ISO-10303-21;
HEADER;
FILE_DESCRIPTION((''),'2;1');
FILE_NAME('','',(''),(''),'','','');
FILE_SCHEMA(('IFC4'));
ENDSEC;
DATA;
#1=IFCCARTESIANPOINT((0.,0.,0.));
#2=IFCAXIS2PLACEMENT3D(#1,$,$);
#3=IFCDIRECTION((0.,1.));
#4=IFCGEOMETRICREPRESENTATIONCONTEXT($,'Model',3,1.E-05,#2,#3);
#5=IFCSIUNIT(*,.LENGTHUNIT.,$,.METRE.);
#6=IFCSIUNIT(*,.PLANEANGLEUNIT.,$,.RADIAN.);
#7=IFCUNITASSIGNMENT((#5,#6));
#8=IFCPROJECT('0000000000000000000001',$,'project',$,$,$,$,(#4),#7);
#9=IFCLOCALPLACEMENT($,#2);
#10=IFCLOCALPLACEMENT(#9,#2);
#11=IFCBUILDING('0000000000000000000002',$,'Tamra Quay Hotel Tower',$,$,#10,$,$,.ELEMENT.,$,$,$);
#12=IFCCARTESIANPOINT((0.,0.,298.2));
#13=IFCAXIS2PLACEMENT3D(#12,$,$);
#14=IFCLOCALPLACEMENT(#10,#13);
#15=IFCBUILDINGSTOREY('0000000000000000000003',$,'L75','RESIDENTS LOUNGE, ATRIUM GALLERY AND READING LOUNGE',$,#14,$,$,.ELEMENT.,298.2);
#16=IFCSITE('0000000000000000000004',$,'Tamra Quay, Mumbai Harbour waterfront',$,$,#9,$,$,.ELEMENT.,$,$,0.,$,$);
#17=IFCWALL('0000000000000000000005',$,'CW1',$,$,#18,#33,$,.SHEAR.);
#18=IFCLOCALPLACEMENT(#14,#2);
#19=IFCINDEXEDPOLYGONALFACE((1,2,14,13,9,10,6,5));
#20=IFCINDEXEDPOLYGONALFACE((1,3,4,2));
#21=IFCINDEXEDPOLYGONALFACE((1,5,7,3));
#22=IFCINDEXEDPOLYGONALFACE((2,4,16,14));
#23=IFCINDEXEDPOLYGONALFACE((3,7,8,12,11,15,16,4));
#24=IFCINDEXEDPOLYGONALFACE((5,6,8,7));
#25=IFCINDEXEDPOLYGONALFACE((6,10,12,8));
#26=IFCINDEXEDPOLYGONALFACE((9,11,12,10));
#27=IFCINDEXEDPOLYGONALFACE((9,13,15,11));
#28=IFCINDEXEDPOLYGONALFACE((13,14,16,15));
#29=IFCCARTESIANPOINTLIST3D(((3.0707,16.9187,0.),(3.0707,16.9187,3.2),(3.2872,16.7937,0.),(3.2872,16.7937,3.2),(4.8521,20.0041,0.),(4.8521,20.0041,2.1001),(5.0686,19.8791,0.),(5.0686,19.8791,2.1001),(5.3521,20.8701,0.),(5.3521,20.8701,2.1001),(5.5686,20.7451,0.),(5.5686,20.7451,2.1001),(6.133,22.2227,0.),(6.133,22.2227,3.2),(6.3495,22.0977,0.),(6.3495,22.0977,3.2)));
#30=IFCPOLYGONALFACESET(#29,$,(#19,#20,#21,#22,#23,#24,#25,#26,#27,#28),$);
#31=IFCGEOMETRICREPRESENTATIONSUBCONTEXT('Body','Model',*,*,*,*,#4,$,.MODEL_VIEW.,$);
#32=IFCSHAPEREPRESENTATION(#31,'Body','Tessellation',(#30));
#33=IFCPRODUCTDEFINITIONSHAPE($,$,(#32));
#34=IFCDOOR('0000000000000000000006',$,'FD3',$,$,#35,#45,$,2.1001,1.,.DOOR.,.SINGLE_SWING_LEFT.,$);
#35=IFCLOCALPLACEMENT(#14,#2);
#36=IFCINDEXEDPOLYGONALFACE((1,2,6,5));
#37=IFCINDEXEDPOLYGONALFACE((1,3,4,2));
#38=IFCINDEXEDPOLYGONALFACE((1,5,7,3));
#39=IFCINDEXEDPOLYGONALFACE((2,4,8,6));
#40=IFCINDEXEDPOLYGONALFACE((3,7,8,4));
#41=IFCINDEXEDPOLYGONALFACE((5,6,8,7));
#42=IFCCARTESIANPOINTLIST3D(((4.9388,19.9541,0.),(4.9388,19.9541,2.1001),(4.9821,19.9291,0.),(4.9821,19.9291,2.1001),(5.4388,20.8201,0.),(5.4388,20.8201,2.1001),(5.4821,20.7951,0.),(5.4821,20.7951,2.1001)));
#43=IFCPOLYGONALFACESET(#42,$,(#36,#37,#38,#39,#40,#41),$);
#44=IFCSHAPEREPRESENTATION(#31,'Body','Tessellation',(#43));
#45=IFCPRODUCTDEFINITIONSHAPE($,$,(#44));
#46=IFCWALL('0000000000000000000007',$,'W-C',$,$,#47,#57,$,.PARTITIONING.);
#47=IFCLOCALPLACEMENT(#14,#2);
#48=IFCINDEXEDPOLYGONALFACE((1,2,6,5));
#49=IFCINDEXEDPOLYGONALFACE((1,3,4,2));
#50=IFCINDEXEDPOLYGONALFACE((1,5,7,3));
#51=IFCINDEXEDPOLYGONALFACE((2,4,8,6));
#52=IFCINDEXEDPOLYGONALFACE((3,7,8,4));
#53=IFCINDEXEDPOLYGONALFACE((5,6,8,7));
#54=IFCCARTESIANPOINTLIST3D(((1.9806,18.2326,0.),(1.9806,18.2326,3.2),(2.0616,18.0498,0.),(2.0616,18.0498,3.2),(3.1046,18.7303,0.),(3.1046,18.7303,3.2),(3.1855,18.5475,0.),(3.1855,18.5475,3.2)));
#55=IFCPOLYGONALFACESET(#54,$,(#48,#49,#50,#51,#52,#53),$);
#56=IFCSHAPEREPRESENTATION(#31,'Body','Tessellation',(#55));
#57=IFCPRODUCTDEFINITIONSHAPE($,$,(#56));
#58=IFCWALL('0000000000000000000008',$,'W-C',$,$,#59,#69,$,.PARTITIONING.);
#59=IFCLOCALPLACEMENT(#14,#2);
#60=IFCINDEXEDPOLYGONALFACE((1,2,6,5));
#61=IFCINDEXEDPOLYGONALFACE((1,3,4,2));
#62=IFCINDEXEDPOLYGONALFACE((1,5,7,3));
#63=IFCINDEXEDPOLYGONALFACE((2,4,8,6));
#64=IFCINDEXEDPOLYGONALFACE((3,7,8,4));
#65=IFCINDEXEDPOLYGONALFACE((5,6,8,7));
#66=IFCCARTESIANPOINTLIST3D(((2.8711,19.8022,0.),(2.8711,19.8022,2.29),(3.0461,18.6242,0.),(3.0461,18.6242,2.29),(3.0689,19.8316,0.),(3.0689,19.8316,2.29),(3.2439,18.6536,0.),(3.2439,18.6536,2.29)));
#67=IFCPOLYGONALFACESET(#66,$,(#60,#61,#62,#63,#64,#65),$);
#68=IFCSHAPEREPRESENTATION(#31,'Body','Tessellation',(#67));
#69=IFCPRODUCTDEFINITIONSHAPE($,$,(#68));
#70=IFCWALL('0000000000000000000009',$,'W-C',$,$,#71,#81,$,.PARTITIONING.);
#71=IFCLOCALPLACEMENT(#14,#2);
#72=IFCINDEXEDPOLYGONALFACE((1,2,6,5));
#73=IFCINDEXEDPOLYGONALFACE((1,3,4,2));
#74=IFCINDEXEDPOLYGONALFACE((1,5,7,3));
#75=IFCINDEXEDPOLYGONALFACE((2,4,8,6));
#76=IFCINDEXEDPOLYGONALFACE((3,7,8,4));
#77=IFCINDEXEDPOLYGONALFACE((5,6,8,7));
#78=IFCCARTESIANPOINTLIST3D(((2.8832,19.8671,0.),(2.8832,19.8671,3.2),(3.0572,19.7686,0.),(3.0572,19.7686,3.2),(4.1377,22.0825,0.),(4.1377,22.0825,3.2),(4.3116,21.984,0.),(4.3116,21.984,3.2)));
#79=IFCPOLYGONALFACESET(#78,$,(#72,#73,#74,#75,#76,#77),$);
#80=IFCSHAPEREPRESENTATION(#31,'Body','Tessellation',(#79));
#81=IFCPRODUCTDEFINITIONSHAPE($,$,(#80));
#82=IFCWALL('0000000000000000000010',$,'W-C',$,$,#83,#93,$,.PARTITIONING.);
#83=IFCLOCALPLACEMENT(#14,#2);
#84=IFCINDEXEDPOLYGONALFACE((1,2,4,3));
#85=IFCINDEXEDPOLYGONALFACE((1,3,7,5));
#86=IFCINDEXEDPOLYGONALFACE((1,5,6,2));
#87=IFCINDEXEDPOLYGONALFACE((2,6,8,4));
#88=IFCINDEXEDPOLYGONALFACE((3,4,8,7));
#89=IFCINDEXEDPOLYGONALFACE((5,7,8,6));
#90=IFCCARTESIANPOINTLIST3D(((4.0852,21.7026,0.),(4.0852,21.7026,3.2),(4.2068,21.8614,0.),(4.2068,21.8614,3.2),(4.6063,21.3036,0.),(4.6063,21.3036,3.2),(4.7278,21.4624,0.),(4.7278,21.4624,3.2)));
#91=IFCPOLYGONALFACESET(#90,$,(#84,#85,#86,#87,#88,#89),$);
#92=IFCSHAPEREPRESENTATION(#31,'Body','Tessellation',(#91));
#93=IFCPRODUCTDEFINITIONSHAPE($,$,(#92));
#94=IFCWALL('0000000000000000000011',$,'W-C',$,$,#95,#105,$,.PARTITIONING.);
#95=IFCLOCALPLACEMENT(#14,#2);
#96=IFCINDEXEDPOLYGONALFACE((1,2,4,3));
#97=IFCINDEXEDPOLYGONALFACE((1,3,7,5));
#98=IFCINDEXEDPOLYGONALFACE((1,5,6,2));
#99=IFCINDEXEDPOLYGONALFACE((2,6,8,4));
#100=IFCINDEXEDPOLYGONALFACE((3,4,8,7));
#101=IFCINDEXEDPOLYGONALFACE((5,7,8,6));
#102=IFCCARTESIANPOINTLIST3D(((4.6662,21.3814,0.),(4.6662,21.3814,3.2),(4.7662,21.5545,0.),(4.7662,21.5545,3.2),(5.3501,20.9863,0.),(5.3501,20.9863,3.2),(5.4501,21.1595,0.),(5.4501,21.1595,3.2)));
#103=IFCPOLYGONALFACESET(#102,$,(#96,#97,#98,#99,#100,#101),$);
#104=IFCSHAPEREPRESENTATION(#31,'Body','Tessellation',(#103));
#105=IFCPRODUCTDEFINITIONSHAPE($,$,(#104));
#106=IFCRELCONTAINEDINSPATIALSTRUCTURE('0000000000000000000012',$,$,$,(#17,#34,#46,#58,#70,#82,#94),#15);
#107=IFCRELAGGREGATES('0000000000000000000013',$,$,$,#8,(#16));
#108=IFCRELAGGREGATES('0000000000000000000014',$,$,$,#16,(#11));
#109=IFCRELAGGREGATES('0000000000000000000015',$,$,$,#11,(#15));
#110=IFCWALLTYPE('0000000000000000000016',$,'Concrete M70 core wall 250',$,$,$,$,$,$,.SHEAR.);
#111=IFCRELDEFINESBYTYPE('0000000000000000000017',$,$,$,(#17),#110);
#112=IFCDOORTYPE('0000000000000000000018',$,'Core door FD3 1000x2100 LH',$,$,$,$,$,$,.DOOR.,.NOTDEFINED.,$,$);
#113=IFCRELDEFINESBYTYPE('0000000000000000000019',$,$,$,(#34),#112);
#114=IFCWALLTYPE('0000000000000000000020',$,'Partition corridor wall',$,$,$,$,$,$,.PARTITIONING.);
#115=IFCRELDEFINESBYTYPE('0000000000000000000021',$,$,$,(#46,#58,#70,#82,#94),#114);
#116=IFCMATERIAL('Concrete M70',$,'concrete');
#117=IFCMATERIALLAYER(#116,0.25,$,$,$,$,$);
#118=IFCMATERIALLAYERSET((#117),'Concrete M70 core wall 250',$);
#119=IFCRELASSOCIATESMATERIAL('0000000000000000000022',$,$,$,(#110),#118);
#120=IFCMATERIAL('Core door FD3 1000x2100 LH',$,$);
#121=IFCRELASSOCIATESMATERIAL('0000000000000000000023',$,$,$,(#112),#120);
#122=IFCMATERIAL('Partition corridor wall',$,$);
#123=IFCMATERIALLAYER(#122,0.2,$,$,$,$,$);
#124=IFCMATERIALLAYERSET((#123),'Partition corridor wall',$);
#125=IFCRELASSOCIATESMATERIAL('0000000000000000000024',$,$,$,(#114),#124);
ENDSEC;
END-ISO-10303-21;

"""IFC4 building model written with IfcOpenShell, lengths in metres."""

from ifc_helpers import new_model, si_unit, direction, frame, frame_2d, origin, place, context, subcontext, project, spatial, rectangle, extrude, material, layer, layer_set, type_object, element, fill, save


model = new_model("IFC4")

# Units and contexts
model_context = context("Model", 3, precision=1e-05, world=origin(), true_north=direction((0.0, 1.0)))
body_context = subcontext(model_context, "Body", "Model", "MODEL_VIEW")
ifc_project = project(units=[si_unit("LENGTHUNIT", "METRE"), si_unit("PLANEANGLEUNIT", "RADIAN")], contexts=[model_context])

# Site, building, storey
site_placement = place(None, origin())
site = spatial("IfcSite", under=ifc_project, at=site_placement, Name="Tamra Quay, Mumbai Harbour waterfront", CompositionType="ELEMENT", RefElevation=0.0)
building_placement = place(site_placement, origin())
building = spatial("IfcBuilding", under=site, at=building_placement, Name="Tamra Quay Hotel Tower", CompositionType="ELEMENT")
storey_placement = place(building_placement, frame((0.0, 0.0, 298.2)))
storey = spatial("IfcBuildingStorey", under=building, at=storey_placement, Name="L75", Description="RESIDENTS LOUNGE, ATRIUM GALLERY AND READING LOUNGE", CompositionType="ELEMENT", Elevation=298.2)

# Shared definitions
ifc_material_1 = material(Name="Concrete M70", Category="concrete")

# Shared definitions
ifc_layer_1 = layer(ifc_material_1, 0.25)
ifc_layer_set_1 = layer_set([ifc_layer_1], Name="Concrete M70 core wall 250")
wall_type_1 = type_object("IfcWallType", Name="Concrete M70 core wall 250", PredefinedType="SHEAR", material=ifc_layer_set_1)

# Wall, opening, door
wall_1_placement = place(storey_placement, frame((3.179, 16.8562, 0.0), z_axis=(0.0, 0.0, 1.0), x_axis=(0.500002, 0.866024, 0.0)))
wall_1 = element("IfcWall", 1, at=wall_1_placement, inside=storey, type_object=wall_type_1, Name="CW1", PredefinedType="SHEAR", context=body_context, shape_type="SweptSolid", body=[
    extrude(rectangle(XDim=6.1245, YDim=0.25, at=frame_2d((3.0623, 0.0))), origin(), (0.0, 0.0, 1.0), 3.2),
])
opening_1_placement = place(wall_1_placement, frame((3.5627, 0.0, 0.0)))
opening_1 = element("IfcOpeningElement", 2, at=opening_1_placement, cuts=wall_1, PredefinedType="OPENING", context=body_context, shape_type="SweptSolid", body=[
    extrude(rectangle(XDim=1.0, YDim=2.1001, at=frame_2d((0.5, 1.05))), frame((0.0, 0.135, 0.0), z_axis=(0.0, -1.0, 0.0), x_axis=(1.0, 0.0, 0.0)), (0.0, 0.0, 1.0), 0.27),
])
ifc_material_2 = material(Name="Core door FD3 1000x2100 LH")
door_type_1 = type_object("IfcDoorType", Name="Core door FD3 1000x2100 LH", OperationType="NOTDEFINED", PredefinedType="DOOR", material=ifc_material_2)
door_1_placement = place(opening_1_placement, origin())
door_1 = element("IfcDoor", 3, at=door_1_placement, inside=storey, type_object=door_type_1, Name="FD3", OperationType="SINGLE_SWING_LEFT", OverallHeight=2.1001, OverallWidth=1.0, PredefinedType="DOOR", context=body_context, shape_type="SweptSolid", body=[
    extrude(rectangle(XDim=1.0, YDim=2.1001, at=frame_2d((0.5, 1.05))), frame((0.0, 0.0249, 0.0), z_axis=(0.0, -1.0, 0.0), x_axis=(1.0, 0.0, 0.0)), (0.0, 0.0, 1.0), 0.05),
])
fill(opening_1, door_1)

# Walls
ifc_material_3 = material(Name="Partition corridor wall")
ifc_layer_2 = layer(ifc_material_3, 0.2)
ifc_layer_set_2 = layer_set([ifc_layer_2], Name="Partition corridor wall")
wall_type_2 = type_object("IfcWallType", Name="Partition corridor wall", PredefinedType="PARTITIONING", material=ifc_layer_set_2)
wall_2_placement = place(storey_placement, frame((2.021, 18.1411, 0.0), z_axis=(0.0, 0.0, 1.0), x_axis=(0.914343, 0.40494, 0.0)))
element("IfcWall", 4, at=wall_2_placement, inside=storey, type_object=wall_type_2, Name="W-C", PredefinedType="PARTITIONING", context=body_context, shape_type="SweptSolid", body=[
    extrude(rectangle(XDim=1.2292, YDim=0.2, at=frame_2d((0.6147, 0.0))), origin(), (0.0, 0.0, 1.0), 3.2),
])
wall_3_placement = place(storey_placement, frame((2.97, 19.8169, 0.0), z_axis=(0.0, 0.0, 1.0), x_axis=(0.146987, -0.989138, 0.0)))
element("IfcWall", 5, at=wall_3_placement, inside=storey, type_object=wall_type_2, Name="W-C", PredefinedType="PARTITIONING", context=body_context, shape_type="SweptSolid", body=[
    extrude(rectangle(XDim=1.1909, YDim=0.2, at=frame_2d((0.5955, 0.0))), origin(), (0.0, 0.0, 1.0), 2.29),
])
wall_4_placement = place(storey_placement, frame((2.9702, 19.8179, 0.0), z_axis=(0.0, 0.0, 1.0), x_axis=(0.492727, 0.870184, 0.0)))
element("IfcWall", 6, at=wall_4_placement, inside=storey, type_object=wall_type_2, Name="W-C", PredefinedType="PARTITIONING", context=body_context, shape_type="SweptSolid", body=[
    extrude(rectangle(XDim=2.5459, YDim=0.2, at=frame_2d((1.2729, 0.0))), origin(), (0.0, 0.0, 1.0), 3.2),
])
wall_5_placement = place(storey_placement, frame((4.146, 21.782, 0.0), z_axis=(0.0, 0.0, 1.0), x_axis=(0.793977, -0.607947, 0.0)))
element("IfcWall", 7, at=wall_5_placement, inside=storey, type_object=wall_type_2, Name="W-C", PredefinedType="PARTITIONING", context=body_context, shape_type="SweptSolid", body=[
    extrude(rectangle(XDim=0.6562, YDim=0.2, at=frame_2d((0.3281, 0.0))), origin(), (0.0, 0.0, 1.0), 3.2),
])
wall_6_placement = place(storey_placement, frame((4.7161, 21.468, 0.0), z_axis=(0.0, 0.0, 1.0), x_axis=(0.865913, -0.500195, 0.0)))
element("IfcWall", 8, at=wall_6_placement, inside=storey, type_object=wall_type_2, Name="W-C", PredefinedType="PARTITIONING", context=body_context, shape_type="SweptSolid", body=[
    extrude(rectangle(XDim=0.7898, YDim=0.2, at=frame_2d((0.395, 0.0))), origin(), (0.0, 0.0, 1.0), 3.2),
])

save(model, "model.ifc")
